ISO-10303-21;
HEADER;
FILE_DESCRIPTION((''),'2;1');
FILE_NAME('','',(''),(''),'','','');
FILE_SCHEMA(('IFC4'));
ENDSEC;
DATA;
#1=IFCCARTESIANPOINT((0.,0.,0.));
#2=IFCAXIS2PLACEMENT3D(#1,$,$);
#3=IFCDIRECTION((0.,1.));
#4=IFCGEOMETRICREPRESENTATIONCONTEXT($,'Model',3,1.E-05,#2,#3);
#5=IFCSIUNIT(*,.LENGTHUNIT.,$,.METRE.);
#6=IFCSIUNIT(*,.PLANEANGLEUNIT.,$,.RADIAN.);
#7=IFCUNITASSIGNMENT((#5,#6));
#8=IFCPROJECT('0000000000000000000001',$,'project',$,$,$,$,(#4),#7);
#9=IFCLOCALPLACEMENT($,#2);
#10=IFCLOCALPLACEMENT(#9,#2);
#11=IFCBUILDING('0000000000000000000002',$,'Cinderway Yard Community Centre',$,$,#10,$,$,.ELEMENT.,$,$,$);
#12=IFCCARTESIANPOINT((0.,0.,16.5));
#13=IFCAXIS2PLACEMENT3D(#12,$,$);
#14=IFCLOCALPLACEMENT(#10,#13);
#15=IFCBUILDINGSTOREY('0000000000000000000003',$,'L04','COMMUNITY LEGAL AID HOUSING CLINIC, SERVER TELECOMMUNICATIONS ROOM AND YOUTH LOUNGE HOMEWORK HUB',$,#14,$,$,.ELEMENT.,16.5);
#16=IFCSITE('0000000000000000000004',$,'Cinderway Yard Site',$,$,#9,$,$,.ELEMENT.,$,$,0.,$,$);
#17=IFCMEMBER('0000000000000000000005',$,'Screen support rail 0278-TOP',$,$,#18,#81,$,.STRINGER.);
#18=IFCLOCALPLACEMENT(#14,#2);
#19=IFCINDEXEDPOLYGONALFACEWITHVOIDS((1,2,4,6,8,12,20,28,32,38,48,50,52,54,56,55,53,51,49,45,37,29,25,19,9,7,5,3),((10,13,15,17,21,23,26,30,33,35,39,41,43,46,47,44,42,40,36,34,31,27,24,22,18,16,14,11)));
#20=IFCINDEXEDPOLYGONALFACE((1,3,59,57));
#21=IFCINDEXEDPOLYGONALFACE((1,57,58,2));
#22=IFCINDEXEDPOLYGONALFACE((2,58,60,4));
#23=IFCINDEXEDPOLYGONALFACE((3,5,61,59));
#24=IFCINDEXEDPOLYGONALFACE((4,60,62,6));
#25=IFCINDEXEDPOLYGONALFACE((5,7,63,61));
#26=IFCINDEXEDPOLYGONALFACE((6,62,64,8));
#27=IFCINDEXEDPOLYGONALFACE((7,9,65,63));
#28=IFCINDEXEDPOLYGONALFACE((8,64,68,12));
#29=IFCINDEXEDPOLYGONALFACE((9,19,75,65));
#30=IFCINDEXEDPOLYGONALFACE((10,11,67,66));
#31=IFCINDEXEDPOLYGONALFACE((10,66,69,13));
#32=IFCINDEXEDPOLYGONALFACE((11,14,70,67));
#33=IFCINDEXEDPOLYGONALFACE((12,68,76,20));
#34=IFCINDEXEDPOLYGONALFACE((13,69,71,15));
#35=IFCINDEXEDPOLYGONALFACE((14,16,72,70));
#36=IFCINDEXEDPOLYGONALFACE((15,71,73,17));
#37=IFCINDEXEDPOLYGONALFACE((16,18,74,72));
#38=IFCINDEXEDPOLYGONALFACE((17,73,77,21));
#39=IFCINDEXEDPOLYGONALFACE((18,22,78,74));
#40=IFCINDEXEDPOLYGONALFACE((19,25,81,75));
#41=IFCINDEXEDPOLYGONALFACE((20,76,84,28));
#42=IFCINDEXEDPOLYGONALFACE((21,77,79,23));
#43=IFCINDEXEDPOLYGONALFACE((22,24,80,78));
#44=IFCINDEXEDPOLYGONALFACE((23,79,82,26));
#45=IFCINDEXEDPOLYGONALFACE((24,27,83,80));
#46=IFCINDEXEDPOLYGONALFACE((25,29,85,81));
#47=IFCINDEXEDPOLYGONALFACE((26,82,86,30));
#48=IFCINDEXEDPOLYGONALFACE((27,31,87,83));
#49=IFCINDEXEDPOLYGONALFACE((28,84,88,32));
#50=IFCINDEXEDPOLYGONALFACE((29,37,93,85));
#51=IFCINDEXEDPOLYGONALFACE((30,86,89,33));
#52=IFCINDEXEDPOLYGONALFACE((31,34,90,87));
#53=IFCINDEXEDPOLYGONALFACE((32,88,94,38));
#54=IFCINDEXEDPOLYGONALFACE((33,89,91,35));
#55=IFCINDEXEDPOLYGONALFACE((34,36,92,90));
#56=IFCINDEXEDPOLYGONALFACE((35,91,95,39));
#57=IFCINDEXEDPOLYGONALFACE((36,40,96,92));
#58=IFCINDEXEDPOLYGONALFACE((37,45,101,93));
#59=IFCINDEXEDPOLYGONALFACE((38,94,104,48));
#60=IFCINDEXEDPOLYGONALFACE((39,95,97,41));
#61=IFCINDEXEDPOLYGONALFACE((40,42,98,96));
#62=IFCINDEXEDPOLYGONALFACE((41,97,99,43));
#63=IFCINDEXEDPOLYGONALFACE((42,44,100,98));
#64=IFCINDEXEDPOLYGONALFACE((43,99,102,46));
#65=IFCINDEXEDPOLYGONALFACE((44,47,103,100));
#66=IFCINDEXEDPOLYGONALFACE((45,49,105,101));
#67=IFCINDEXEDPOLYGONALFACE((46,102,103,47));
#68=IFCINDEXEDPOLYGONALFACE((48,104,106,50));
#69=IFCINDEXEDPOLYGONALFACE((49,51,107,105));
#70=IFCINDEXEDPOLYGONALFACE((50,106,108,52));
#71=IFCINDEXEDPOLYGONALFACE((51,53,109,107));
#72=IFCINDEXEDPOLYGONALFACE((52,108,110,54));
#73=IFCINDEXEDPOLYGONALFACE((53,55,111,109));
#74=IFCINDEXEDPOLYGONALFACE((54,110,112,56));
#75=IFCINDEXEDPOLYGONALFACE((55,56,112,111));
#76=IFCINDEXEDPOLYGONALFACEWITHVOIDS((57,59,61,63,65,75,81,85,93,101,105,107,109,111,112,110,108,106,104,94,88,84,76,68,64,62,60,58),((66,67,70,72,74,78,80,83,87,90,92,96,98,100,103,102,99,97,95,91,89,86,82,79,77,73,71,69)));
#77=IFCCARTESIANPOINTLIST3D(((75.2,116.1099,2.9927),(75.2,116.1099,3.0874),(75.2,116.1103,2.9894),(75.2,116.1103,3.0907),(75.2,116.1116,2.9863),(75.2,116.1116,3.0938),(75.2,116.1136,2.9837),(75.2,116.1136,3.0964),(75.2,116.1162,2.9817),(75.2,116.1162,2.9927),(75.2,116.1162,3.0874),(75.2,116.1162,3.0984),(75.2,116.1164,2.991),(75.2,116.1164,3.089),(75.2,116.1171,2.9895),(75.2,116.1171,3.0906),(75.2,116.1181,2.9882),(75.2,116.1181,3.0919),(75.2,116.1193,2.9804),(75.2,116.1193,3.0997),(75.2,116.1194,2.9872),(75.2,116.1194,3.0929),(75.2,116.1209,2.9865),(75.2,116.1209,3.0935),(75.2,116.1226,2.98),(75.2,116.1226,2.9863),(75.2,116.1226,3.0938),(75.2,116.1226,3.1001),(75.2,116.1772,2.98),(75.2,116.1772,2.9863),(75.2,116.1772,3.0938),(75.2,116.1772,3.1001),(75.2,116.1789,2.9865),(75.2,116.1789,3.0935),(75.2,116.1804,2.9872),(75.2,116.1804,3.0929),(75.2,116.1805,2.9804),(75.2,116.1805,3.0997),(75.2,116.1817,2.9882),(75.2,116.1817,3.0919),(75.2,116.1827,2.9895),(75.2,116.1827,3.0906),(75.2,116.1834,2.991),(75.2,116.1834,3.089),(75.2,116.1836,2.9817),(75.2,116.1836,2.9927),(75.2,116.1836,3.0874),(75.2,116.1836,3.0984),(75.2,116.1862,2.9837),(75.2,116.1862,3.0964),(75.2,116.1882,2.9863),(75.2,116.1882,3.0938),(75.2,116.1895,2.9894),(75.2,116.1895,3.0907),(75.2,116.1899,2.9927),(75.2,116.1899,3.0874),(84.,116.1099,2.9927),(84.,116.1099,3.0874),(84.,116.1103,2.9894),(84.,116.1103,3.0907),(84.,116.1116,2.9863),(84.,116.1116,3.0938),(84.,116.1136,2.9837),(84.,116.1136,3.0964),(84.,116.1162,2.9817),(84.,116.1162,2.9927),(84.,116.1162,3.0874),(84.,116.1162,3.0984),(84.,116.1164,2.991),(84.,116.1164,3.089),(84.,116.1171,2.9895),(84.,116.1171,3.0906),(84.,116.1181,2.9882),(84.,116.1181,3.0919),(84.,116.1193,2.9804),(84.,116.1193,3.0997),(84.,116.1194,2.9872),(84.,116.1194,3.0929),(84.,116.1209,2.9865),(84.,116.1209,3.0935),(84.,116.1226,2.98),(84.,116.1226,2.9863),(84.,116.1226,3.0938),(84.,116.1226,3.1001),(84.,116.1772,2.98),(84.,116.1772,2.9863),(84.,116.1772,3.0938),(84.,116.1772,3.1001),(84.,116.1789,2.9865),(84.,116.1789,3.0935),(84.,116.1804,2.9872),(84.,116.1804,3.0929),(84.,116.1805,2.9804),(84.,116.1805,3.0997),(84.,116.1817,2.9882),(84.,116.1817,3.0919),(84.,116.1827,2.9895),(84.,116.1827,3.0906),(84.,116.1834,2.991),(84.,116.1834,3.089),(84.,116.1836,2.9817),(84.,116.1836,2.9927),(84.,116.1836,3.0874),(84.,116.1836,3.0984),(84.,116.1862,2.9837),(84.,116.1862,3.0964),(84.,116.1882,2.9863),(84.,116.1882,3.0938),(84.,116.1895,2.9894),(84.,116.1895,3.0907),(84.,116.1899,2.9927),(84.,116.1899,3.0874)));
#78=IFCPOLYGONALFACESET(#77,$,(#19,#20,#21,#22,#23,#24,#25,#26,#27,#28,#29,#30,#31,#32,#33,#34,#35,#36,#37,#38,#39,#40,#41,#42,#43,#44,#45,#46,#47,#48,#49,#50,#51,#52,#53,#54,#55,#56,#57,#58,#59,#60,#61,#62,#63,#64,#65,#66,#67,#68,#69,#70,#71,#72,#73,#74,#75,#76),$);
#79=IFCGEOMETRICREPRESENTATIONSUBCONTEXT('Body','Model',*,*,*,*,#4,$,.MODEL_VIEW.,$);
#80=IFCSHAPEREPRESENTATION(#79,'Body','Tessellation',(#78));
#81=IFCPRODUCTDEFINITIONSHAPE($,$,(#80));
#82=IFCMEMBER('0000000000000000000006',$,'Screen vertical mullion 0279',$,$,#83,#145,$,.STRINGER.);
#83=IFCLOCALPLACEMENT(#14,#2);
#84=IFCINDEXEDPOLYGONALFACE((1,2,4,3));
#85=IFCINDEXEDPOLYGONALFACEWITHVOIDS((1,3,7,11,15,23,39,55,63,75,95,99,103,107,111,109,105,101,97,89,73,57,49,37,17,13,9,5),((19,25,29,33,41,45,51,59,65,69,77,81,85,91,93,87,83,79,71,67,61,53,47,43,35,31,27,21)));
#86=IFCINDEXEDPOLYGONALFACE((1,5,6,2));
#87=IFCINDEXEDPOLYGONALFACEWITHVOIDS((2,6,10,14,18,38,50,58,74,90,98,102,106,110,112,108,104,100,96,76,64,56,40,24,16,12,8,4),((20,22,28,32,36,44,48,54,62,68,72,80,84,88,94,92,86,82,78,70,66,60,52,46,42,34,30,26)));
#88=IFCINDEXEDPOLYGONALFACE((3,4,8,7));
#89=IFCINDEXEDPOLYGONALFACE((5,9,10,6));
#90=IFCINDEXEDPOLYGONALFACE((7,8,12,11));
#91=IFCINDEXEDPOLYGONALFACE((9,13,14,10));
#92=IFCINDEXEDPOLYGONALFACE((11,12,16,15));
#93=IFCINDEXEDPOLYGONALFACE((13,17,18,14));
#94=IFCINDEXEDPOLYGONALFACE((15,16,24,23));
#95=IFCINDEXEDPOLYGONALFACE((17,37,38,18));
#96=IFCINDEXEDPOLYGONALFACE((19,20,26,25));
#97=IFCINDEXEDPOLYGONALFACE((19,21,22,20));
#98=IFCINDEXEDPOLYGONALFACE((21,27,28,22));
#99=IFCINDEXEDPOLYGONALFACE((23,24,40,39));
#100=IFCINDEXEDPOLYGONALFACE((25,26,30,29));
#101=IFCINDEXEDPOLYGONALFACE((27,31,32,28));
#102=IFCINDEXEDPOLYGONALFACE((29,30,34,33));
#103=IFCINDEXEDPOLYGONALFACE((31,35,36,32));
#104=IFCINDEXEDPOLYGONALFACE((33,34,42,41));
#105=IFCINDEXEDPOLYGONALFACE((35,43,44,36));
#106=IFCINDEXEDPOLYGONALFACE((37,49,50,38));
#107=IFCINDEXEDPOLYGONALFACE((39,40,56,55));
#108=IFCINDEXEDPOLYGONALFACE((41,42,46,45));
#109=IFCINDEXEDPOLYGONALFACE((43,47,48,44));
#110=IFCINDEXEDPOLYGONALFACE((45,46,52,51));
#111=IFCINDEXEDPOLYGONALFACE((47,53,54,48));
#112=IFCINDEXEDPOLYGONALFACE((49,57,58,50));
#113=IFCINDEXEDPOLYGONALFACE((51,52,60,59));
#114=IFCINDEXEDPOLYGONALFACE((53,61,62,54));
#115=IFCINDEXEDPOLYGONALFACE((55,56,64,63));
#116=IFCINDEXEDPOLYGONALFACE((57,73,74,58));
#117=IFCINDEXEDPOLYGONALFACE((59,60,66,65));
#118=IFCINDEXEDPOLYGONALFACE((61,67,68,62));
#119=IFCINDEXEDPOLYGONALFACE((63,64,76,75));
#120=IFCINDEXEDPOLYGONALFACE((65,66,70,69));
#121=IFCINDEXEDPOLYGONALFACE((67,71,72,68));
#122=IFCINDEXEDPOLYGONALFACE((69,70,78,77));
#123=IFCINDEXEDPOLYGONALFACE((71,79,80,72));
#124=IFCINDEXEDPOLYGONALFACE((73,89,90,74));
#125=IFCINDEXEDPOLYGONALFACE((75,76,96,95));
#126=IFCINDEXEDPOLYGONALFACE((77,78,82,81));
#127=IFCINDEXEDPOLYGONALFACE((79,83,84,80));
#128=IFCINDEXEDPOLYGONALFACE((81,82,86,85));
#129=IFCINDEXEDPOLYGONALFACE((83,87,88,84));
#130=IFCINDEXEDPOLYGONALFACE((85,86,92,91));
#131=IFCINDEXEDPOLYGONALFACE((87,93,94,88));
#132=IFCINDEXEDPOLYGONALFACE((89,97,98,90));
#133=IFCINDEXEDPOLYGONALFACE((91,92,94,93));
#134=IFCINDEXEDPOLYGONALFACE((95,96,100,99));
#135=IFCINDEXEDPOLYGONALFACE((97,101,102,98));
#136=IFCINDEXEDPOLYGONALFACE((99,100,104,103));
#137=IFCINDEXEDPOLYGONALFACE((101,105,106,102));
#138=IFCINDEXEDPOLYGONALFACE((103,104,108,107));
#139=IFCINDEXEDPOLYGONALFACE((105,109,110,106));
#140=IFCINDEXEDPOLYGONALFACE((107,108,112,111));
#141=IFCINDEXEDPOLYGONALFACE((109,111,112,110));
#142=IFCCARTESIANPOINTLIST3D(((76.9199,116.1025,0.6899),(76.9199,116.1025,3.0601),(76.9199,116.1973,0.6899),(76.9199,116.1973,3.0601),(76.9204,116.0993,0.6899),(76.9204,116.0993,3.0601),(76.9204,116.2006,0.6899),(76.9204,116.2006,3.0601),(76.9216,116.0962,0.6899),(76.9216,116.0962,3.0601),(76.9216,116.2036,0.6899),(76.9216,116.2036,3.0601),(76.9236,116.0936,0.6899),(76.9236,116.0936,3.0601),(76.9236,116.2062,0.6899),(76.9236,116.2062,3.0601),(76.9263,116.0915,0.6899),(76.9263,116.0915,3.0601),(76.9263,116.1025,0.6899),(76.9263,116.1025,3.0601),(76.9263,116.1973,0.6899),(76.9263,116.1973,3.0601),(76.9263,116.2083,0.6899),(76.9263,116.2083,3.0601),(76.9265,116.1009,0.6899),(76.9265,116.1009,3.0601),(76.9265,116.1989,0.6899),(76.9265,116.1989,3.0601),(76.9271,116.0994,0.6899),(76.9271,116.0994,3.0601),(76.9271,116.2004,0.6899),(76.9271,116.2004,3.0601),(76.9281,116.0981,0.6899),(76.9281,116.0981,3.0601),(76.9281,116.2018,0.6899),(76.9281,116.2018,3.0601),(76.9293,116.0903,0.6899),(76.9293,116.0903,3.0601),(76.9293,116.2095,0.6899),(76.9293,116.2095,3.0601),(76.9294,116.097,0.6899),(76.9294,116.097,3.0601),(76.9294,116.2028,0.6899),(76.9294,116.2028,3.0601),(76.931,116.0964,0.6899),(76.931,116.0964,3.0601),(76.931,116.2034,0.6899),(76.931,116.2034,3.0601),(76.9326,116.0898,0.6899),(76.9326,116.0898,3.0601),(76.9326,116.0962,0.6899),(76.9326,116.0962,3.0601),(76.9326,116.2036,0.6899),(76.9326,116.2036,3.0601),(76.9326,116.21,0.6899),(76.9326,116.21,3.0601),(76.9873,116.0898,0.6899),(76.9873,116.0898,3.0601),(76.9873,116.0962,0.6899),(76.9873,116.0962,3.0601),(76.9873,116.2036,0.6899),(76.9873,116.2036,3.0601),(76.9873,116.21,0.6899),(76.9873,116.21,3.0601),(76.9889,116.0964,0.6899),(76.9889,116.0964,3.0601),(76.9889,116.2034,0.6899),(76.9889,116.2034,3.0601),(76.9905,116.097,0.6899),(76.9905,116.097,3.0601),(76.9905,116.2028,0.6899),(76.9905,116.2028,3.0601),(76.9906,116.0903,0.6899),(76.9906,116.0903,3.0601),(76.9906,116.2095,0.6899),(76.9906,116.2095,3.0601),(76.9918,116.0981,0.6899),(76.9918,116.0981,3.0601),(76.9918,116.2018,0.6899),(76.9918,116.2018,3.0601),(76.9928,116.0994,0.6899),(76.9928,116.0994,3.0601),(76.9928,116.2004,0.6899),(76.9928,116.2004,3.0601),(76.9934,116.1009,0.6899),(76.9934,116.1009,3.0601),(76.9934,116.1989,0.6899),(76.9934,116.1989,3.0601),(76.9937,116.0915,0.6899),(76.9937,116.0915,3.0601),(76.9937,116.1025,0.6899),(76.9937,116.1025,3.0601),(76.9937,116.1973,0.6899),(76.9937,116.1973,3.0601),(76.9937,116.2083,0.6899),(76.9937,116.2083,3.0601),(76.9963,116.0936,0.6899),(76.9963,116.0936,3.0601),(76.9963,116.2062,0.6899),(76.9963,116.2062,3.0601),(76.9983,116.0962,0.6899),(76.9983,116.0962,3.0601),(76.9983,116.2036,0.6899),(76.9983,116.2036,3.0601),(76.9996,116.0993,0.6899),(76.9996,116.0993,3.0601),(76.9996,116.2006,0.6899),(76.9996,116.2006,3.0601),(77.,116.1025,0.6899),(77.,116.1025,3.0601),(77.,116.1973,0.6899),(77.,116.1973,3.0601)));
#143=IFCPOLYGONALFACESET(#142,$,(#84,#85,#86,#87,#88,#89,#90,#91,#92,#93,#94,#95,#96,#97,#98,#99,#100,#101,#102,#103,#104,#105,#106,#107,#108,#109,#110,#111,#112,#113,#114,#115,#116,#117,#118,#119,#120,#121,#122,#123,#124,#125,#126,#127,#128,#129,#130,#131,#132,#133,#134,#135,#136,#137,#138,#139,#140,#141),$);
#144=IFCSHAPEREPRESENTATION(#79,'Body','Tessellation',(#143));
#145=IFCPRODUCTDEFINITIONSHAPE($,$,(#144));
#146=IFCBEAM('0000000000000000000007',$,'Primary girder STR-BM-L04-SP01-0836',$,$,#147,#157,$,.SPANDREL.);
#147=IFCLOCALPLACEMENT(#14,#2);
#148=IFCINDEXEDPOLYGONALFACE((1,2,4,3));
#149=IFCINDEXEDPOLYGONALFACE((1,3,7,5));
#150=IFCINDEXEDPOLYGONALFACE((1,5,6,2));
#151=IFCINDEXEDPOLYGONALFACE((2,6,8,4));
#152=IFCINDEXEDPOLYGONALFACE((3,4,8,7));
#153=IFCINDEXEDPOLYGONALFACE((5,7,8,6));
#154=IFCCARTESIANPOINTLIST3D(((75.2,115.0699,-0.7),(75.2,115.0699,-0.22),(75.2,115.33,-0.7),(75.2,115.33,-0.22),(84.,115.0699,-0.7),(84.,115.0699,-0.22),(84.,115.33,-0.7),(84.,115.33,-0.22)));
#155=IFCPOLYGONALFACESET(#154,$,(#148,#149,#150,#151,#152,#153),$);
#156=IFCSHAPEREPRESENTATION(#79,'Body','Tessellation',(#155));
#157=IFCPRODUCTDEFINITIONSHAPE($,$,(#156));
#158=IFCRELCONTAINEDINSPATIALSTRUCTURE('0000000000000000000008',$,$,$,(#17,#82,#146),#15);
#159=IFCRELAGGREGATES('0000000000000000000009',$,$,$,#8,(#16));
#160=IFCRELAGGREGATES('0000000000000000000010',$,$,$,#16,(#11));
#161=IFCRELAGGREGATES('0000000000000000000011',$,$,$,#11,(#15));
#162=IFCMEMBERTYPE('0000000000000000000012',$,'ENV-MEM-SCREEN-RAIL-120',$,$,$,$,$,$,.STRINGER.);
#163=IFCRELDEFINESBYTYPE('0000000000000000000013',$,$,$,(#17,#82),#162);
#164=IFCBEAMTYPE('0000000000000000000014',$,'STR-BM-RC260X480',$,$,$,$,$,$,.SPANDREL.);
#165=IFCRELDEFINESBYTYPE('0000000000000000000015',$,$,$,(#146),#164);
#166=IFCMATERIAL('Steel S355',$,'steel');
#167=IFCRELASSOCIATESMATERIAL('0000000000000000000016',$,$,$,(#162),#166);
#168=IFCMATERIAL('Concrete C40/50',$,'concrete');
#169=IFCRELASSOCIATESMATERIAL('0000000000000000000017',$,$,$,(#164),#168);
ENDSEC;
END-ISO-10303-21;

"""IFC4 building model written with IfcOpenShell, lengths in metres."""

from ifc_helpers import new_model, si_unit, direction, frame, origin, origin_2d, place, context, subcontext, project, spatial, rectangle, hollow_rectangle, extrude, material, material_profile, profile_set, type_object, element, save


model = new_model("IFC4")

# Units and contexts
model_context = context("Model", 3, precision=1e-05, world=origin(), true_north=direction((0.0, 1.0)))
body_context = subcontext(model_context, "Body", "Model", "MODEL_VIEW")
ifc_project = project(units=[si_unit("LENGTHUNIT", "METRE"), si_unit("PLANEANGLEUNIT", "RADIAN")], contexts=[model_context])

# Site, building, storey
site_placement = place(None, origin())
site = spatial("IfcSite", under=ifc_project, at=site_placement, Name="Cinderway Yard Site", CompositionType="ELEMENT", RefElevation=0.0)
building_placement = place(site_placement, origin())
building = spatial("IfcBuilding", under=site, at=building_placement, Name="Cinderway Yard Community Centre", CompositionType="ELEMENT")
storey_placement = place(building_placement, frame((0.0, 0.0, 16.5)))
storey = spatial("IfcBuildingStorey", under=building, at=storey_placement, Name="L04", Description="COMMUNITY LEGAL AID HOUSING CLINIC, SERVER TELECOMMUNICATIONS ROOM AND YOUTH LOUNGE HOMEWORK HUB", CompositionType="ELEMENT", Elevation=16.5)

# Shared definitions
ifc_material_1 = material(Name="Concrete C40/50", Category="concrete")

# Members
ifc_material_2 = material(Name="Steel S355", Category="steel")
ifc_material_profile_1 = material_profile(ifc_material_2, hollow_rectangle(XDim=0.0801, YDim=0.1201, WallThickness=0.0063, InnerFilletRadius=0.0063, OuterFilletRadius=0.0127, at=origin_2d()), Name="Steel S355")
ifc_profile_set_1 = profile_set([ifc_material_profile_1], Name="Steel S355")
member_type_1 = type_object("IfcMemberType", Name="ENV-MEM-SCREEN-RAIL-120", PredefinedType="STRINGER", material=ifc_profile_set_1)
for number, where, z_axis, x_axis, name in (
    (1, (75.2, 116.1499, 3.04), (1.0, 0.0, 0.0), (0.0, 1.0, 0.0), "Screen support rail 0278-TOP"),
):
    element("IfcMember", number, at=place(storey_placement, frame(where, z_axis=z_axis, x_axis=x_axis)), inside=storey, type_object=member_type_1, Name=name, PredefinedType="STRINGER", context=body_context, shape_type="SweptSolid", body=[
        extrude(hollow_rectangle(XDim=0.0801, YDim=0.1201, WallThickness=0.0063, InnerFilletRadius=0.0063, OuterFilletRadius=0.0127, at=origin_2d()), origin(), (0.0, 0.0, 1.0), 8.8),
    ])
member_1_placement = place(storey_placement, frame((76.96, 116.1499, 0.6899), z_axis=(0.0, 0.0, 1.0), x_axis=(1.0, 0.0, 0.0)))
element("IfcMember", 2, at=member_1_placement, inside=storey, type_object=member_type_1, Name="Screen vertical mullion 0279", PredefinedType="STRINGER", context=body_context, shape_type="SweptSolid", body=[
    extrude(hollow_rectangle(XDim=0.0801, YDim=0.1201, WallThickness=0.0063, InnerFilletRadius=0.0063, OuterFilletRadius=0.0127, at=origin_2d()), origin(), (0.0, 0.0, 1.0), 2.3701),
])

# Beam
ifc_material_profile_2 = material_profile(ifc_material_1, rectangle(XDim=0.26, YDim=0.48, at=origin_2d()), Name="Concrete C40/50")
ifc_profile_set_2 = profile_set([ifc_material_profile_2], Name="Concrete C40/50")
beam_type = type_object("IfcBeamType", Name="STR-BM-RC260X480", PredefinedType="SPANDREL", material=ifc_profile_set_2)
beam_placement = place(storey_placement, frame((75.2, 115.2, -0.46), z_axis=(1.0, 0.0, 0.0), x_axis=(0.0, 1.0, 0.0)))
element("IfcBeam", 3, at=beam_placement, inside=storey, type_object=beam_type, Name="Primary girder STR-BM-L04-SP01-0836", PredefinedType="SPANDREL", context=body_context, shape_type="SweptSolid", body=[
    extrude(rectangle(XDim=0.26, YDim=0.48, at=origin_2d()), origin(), (0.0, 0.0, 1.0), 8.8),
])

save(model, "model.ifc")
